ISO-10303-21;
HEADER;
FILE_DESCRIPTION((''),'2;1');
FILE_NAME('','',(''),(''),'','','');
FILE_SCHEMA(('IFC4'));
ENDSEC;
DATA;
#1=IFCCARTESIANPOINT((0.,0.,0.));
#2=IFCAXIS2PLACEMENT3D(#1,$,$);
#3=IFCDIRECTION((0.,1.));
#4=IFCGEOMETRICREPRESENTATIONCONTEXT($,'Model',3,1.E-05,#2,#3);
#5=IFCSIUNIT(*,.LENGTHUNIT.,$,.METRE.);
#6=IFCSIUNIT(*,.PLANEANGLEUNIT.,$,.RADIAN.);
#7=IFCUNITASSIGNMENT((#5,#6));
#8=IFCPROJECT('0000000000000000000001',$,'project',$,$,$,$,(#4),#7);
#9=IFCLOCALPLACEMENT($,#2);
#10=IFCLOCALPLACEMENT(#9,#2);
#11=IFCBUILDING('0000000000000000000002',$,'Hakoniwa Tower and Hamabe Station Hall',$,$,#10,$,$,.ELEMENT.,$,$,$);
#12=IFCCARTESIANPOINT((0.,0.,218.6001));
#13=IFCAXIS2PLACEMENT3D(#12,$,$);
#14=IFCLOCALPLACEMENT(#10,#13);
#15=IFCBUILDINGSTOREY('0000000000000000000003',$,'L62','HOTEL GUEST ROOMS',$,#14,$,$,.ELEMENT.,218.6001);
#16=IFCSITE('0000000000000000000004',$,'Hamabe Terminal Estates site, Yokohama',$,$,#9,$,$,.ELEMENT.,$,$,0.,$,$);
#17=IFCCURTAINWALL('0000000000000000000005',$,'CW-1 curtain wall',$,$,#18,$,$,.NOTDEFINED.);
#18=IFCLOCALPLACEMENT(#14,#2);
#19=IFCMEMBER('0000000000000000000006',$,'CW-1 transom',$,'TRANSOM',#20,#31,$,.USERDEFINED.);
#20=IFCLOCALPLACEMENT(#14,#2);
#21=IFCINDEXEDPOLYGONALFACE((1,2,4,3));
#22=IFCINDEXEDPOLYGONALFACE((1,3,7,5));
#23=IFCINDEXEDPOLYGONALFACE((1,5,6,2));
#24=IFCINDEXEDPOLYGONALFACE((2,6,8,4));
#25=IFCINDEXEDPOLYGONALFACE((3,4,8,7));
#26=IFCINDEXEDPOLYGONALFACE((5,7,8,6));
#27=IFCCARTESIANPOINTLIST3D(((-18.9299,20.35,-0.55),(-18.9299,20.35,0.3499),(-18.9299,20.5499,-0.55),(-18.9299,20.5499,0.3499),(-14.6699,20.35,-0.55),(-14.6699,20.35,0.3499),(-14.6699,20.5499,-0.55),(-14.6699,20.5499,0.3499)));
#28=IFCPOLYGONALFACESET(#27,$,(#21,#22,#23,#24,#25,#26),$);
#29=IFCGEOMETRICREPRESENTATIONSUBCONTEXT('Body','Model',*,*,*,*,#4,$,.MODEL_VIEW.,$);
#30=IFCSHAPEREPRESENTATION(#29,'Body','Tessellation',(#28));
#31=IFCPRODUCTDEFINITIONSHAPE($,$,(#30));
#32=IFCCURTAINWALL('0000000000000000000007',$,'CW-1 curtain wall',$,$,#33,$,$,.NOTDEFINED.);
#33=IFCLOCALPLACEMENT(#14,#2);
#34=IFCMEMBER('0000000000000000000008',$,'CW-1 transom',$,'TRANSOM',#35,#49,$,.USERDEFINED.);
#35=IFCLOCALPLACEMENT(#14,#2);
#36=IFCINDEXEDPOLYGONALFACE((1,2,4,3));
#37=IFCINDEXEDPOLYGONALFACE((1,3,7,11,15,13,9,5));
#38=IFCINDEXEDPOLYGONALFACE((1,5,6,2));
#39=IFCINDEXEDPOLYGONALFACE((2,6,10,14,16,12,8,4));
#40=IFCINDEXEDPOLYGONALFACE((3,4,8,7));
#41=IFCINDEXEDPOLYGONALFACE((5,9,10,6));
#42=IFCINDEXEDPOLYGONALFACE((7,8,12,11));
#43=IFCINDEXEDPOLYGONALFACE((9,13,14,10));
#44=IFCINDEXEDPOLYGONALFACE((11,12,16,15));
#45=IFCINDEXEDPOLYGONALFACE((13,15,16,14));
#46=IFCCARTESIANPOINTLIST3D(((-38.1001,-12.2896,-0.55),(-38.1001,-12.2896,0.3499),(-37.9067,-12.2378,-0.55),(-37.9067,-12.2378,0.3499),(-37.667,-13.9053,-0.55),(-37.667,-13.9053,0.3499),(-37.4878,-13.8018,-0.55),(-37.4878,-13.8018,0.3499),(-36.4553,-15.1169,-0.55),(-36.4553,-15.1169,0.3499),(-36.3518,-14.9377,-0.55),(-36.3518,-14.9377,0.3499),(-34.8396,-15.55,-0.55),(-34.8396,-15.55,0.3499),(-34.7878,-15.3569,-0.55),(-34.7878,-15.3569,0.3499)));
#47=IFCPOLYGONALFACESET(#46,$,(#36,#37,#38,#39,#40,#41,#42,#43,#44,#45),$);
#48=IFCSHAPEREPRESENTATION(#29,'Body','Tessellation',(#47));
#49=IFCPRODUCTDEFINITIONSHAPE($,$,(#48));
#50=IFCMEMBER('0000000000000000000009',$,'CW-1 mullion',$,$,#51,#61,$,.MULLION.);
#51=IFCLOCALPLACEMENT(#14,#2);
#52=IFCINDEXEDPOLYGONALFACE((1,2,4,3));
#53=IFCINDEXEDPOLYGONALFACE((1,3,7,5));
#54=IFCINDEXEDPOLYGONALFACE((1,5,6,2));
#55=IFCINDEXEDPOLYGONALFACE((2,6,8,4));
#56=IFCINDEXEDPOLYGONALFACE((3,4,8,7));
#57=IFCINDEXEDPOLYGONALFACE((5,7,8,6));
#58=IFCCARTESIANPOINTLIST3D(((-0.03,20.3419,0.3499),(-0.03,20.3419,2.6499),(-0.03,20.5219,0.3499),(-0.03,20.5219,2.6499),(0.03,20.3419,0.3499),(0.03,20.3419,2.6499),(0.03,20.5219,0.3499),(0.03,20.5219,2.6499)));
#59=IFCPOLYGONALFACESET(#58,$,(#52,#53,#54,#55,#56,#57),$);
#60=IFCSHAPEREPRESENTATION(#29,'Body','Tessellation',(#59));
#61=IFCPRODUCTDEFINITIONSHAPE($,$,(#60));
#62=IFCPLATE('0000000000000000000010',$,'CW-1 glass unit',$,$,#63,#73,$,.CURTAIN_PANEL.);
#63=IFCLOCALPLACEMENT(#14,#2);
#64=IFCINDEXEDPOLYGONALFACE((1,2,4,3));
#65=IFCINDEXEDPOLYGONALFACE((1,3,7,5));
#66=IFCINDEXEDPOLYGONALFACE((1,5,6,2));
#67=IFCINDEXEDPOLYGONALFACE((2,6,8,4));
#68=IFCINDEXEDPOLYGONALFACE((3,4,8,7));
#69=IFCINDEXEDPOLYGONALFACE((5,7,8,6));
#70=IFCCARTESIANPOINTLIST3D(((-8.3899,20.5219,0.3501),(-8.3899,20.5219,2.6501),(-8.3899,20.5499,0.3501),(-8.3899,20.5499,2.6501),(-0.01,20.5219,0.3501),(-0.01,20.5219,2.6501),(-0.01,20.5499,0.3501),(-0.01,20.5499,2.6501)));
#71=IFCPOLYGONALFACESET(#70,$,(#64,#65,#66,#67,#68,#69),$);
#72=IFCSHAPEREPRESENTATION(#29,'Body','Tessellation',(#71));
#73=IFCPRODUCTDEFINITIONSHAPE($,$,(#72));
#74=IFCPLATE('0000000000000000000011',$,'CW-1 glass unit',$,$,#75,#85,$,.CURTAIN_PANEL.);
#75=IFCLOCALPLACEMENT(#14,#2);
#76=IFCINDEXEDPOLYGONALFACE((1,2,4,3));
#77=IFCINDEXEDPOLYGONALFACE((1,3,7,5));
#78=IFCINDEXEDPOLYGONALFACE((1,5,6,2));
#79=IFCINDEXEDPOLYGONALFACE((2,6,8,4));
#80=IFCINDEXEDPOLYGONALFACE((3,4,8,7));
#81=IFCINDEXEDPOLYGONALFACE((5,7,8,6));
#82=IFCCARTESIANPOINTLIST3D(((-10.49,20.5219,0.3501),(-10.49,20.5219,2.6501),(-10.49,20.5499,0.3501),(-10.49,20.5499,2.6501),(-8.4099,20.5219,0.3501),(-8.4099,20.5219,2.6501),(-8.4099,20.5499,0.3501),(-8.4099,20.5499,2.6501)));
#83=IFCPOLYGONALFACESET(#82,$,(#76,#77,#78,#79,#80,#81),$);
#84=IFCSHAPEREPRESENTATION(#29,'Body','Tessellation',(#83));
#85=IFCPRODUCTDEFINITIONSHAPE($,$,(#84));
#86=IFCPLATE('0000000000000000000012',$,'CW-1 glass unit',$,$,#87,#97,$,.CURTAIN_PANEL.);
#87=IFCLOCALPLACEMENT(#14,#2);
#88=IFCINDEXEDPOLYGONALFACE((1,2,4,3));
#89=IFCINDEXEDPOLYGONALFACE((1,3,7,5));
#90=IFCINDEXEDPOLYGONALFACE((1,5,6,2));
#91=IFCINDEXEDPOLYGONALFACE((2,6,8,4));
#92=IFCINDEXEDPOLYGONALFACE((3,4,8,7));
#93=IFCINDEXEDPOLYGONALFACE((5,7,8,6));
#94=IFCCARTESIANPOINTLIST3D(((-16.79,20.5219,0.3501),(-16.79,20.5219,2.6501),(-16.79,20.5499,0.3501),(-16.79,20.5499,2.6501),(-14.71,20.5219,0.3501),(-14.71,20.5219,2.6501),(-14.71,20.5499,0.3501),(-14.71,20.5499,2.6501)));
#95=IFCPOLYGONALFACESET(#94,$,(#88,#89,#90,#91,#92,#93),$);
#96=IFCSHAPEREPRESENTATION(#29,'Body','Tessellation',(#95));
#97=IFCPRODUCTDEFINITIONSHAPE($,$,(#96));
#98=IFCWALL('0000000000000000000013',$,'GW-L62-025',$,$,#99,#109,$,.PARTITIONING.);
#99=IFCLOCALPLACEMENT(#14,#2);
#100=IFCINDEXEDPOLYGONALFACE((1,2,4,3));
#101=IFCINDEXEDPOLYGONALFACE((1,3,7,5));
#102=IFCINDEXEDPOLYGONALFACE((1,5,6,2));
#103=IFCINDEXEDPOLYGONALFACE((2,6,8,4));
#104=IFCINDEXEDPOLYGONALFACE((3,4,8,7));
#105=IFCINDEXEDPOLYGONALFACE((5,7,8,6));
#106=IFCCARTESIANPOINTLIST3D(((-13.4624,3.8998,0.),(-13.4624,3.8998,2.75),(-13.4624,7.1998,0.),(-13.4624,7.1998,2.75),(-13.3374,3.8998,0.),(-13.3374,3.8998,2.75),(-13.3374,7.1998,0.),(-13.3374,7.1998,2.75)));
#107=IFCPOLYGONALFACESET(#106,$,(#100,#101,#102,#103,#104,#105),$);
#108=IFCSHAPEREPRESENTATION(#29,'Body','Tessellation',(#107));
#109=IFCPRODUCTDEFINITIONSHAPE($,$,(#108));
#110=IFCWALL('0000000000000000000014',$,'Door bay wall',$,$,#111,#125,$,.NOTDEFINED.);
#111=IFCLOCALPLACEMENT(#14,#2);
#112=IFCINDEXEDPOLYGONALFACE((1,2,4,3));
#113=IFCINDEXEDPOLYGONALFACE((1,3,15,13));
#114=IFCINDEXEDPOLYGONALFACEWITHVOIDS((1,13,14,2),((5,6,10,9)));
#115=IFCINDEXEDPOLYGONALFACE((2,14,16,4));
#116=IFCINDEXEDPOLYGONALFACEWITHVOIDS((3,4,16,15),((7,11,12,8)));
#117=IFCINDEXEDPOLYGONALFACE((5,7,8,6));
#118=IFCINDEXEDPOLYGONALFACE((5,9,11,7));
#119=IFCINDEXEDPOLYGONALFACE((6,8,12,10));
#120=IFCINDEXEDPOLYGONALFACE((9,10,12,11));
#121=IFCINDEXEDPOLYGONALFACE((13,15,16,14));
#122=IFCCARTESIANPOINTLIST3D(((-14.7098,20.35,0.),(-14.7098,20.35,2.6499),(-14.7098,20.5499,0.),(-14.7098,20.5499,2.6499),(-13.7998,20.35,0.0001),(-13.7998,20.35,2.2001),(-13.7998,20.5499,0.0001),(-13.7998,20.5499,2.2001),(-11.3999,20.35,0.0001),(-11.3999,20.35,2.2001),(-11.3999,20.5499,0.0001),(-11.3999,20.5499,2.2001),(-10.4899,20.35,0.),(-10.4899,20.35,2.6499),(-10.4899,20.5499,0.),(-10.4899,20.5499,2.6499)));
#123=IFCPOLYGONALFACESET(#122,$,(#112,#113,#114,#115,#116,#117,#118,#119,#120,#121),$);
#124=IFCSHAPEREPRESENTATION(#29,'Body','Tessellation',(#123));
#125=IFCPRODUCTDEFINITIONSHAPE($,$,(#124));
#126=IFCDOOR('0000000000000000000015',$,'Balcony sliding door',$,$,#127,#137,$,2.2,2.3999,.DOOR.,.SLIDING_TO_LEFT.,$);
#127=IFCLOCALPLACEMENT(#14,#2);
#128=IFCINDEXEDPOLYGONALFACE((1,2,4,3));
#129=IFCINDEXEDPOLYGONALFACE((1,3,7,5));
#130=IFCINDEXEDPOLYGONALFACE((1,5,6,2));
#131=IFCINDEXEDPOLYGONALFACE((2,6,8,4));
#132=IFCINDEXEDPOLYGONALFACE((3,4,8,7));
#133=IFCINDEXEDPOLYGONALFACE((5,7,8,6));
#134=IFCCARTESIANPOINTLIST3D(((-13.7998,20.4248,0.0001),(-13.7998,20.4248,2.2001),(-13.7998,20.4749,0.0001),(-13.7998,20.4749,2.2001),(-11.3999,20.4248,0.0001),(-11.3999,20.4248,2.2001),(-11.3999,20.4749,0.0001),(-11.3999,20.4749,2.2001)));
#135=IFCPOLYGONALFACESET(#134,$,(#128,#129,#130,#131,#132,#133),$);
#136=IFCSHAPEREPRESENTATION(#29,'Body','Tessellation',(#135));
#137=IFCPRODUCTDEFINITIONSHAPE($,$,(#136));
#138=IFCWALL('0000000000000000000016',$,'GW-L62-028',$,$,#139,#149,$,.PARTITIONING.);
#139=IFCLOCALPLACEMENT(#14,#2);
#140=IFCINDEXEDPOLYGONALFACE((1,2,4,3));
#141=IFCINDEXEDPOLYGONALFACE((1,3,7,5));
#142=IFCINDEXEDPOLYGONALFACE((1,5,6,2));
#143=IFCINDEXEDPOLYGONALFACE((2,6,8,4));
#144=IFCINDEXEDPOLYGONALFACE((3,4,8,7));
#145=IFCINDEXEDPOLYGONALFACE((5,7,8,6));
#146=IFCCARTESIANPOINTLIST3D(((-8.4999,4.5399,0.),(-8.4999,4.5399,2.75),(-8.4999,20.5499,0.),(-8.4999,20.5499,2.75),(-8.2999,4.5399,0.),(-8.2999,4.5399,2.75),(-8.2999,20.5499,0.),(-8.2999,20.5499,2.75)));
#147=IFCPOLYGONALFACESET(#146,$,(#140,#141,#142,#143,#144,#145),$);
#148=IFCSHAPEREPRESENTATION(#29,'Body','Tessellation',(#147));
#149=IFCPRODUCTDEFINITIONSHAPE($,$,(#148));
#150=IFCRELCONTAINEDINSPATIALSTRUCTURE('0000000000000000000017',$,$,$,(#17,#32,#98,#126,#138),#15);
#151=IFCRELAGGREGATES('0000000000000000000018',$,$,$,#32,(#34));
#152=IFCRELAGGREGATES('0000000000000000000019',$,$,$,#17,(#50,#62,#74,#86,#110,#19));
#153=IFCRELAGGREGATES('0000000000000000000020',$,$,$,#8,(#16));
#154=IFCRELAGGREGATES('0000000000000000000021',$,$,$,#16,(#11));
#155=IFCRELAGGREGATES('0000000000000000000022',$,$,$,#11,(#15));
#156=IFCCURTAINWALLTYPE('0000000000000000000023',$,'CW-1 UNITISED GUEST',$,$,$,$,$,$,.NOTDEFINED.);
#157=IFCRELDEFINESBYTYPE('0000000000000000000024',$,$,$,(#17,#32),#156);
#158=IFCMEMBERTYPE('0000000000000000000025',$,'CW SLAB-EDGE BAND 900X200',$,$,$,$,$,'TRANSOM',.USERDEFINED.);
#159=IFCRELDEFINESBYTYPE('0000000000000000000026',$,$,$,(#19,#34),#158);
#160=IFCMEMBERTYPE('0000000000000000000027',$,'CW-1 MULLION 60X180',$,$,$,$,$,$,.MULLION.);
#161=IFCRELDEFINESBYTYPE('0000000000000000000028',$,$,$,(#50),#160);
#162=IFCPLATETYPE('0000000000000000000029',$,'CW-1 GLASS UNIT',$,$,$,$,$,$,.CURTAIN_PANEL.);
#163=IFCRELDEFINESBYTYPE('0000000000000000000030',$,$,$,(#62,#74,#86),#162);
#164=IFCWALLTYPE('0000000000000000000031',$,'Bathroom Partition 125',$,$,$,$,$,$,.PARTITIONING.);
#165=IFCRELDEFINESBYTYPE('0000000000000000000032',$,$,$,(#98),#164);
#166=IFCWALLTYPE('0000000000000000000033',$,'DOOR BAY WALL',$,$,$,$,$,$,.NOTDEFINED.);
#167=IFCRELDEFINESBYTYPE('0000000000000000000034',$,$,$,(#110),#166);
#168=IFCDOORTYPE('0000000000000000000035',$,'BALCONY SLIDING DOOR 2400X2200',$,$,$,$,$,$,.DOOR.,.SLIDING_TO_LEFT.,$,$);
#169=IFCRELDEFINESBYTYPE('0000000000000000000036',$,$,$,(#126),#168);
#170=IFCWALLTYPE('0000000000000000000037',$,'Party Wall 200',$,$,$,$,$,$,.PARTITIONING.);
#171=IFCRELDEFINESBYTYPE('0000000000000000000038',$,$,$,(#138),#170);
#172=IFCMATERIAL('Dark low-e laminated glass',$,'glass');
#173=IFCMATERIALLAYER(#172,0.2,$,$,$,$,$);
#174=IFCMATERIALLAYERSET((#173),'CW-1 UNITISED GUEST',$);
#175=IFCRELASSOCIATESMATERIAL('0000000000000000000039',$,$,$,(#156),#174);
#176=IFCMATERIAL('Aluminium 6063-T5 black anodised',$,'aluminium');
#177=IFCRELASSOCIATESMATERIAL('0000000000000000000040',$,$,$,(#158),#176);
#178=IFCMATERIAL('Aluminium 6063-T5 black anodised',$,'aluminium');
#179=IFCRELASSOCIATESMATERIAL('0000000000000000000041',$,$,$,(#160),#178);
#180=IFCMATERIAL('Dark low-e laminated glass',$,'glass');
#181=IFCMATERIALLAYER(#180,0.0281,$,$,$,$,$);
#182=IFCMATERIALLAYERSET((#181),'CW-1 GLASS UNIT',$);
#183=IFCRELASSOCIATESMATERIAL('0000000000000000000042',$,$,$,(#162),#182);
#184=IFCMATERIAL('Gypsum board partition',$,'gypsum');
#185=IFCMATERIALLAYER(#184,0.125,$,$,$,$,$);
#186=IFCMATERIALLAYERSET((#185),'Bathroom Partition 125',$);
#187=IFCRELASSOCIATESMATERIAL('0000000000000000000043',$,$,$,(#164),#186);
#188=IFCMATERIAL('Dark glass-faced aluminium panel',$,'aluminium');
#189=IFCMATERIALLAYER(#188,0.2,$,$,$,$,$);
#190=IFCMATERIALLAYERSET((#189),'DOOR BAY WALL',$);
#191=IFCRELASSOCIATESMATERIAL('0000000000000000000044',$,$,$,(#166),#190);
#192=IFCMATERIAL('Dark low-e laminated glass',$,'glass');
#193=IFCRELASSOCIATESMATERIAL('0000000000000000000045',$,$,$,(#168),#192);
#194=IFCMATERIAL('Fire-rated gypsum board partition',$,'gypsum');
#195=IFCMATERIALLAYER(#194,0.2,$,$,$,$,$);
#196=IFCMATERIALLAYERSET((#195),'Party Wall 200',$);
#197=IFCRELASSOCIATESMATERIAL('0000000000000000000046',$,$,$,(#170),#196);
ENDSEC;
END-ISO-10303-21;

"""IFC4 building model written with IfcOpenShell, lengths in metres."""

from ifc_helpers import new_model, si_unit, direction, frame, frame_2d, origin, origin_2d, place, context, subcontext, project, spatial, polyline, rectangle, outline, extrude, material, layer, layer_set, material_profile, profile_set, type_object, element, fill, aggregate, save


model = new_model("IFC4")

# Units and contexts
model_context = context("Model", 3, precision=1e-05, world=origin(), true_north=direction((0.0, 1.0)))
body_context = subcontext(model_context, "Body", "Model", "MODEL_VIEW")
ifc_project = project(units=[si_unit("LENGTHUNIT", "METRE"), si_unit("PLANEANGLEUNIT", "RADIAN")], contexts=[model_context])

# Site, building, storey
site_placement = place(None, origin())
site = spatial("IfcSite", under=ifc_project, at=site_placement, Name="Hamabe Terminal Estates site, Yokohama", CompositionType="ELEMENT", RefElevation=0.0)
building_placement = place(site_placement, origin())
building = spatial("IfcBuilding", under=site, at=building_placement, Name="Hakoniwa Tower and Hamabe Station Hall", CompositionType="ELEMENT")
storey_placement = place(building_placement, frame((0.0, 0.0, 218.6001)))
storey = spatial("IfcBuildingStorey", under=building, at=storey_placement, Name="L62", Description="HOTEL GUEST ROOMS", CompositionType="ELEMENT", Elevation=218.6001)

# Curtain walls, members
ifc_material_1 = material(Name="Dark low-e laminated glass", Category="glass")
ifc_layer_1 = layer(ifc_material_1, 0.2)
ifc_layer_set_1 = layer_set([ifc_layer_1], Name="CW-1 UNITISED GUEST")
curtain_wall_type = type_object("IfcCurtainWallType", Name="CW-1 UNITISED GUEST", PredefinedType="NOTDEFINED", material=ifc_layer_set_1)
curtain_wall_1_placement = place(storey_placement, origin())
curtain_wall_1 = element("IfcCurtainWall", 1, at=curtain_wall_1_placement, inside=storey, type_object=curtain_wall_type, Name="CW-1 curtain wall", PredefinedType="NOTDEFINED")
ifc_material_2 = material(Name="Aluminium 6063-T5 black anodised", Category="aluminium")
ifc_material_profile_1 = material_profile(ifc_material_2, rectangle(XDim=0.2, YDim=0.8999, at=origin_2d()), Name="CW SLAB-EDGE BAND 900X200")
ifc_profile_set_1 = profile_set([ifc_material_profile_1], Name="Aluminium 6063-T5 black anodised")
member_type_1 = type_object("IfcMemberType", Name="CW SLAB-EDGE BAND 900X200", ElementType="TRANSOM", PredefinedType="USERDEFINED", material=ifc_profile_set_1)
member_1_placement = place(storey_placement, frame((-14.6699, 20.45, -0.1001), z_axis=(-1.0, 0.0, 0.0), x_axis=(0.0, -1.0, 0.0)))
member_1 = element("IfcMember", 2, at=member_1_placement, type_object=member_type_1, Name="CW-1 transom", ObjectType="TRANSOM", PredefinedType="USERDEFINED", context=body_context, shape_type="SweptSolid", body=[
    extrude(rectangle(XDim=0.2, YDim=0.8999, at=origin_2d()), origin(), (0.0, 0.0, 1.0), 4.26),
])
curtain_wall_2_placement = place(storey_placement, origin())
curtain_wall_2 = element("IfcCurtainWall", 3, at=curtain_wall_2_placement, inside=storey, type_object=curtain_wall_type, Name="CW-1 curtain wall", PredefinedType="NOTDEFINED")
member_2_placement = place(storey_placement, frame((0.0, 0.0, -0.55)))
member_2 = element("IfcMember", 4, at=member_2_placement, type_object=member_type_1, Name="CW-1 transom", ObjectType="TRANSOM", PredefinedType="USERDEFINED", context=body_context, shape_type="SweptSolid", body=[
    extrude(outline(polyline([(-38.1001, -12.2896), (-37.667, -13.9053), (-36.4553, -15.1169), (-34.8396, -15.55), (-34.7878, -15.3569), (-36.3518, -14.9377), (-37.4878, -13.8018), (-37.9067, -12.2378), (-38.1001, -12.2896)])), origin(), (0.0, 0.0, 1.0), 0.8999),
])
aggregate(curtain_wall_2, [member_2])

# Member
ifc_material_3 = material(Name="Aluminium 6063-T5 black anodised", Category="aluminium")
ifc_material_profile_2 = material_profile(ifc_material_3, rectangle(XDim=0.0601, YDim=0.1799, at=origin_2d()), Name="CW-1 MULLION 60X180")
ifc_profile_set_2 = profile_set([ifc_material_profile_2], Name="Aluminium 6063-T5 black anodised")
member_type_2 = type_object("IfcMemberType", Name="CW-1 MULLION 60X180", PredefinedType="MULLION", material=ifc_profile_set_2)
member_3_placement = place(storey_placement, frame((0.0, 20.4319, 0.3499), z_axis=(0.0, 0.0, 1.0), x_axis=(-1.0, 0.0, 0.0)))
member_3 = element("IfcMember", 5, at=member_3_placement, type_object=member_type_2, Name="CW-1 mullion", PredefinedType="MULLION", context=body_context, shape_type="SweptSolid", body=[
    extrude(rectangle(XDim=0.0601, YDim=0.1799, at=origin_2d()), origin(), (0.0, 0.0, 1.0), 2.3),
])

# Plates
ifc_material_4 = material(Name="Dark low-e laminated glass", Category="glass")
ifc_layer_2 = layer(ifc_material_4, 0.0281)
ifc_layer_set_2 = layer_set([ifc_layer_2], Name="CW-1 GLASS UNIT")
plate_type = type_object("IfcPlateType", Name="CW-1 GLASS UNIT", PredefinedType="CURTAIN_PANEL", material=ifc_layer_set_2)
plate_1_placement = place(storey_placement, frame((-4.2, 20.5359, 0.3501), z_axis=(0.0, 0.0, 1.0), x_axis=(-1.0, 0.0, 0.0)))
plate_1 = element("IfcPlate", 6, at=plate_1_placement, type_object=plate_type, Name="CW-1 glass unit", PredefinedType="CURTAIN_PANEL", context=body_context, shape_type="SweptSolid", body=[
    extrude(rectangle(XDim=8.3799, YDim=0.0281, at=origin_2d()), origin(), (0.0, 0.0, 1.0), 2.3),
])
plate_2_placement = place(storey_placement, frame((-9.45, 20.5359, 0.3501), z_axis=(0.0, 0.0, 1.0), x_axis=(-1.0, 0.0, 0.0)))
plate_2 = element("IfcPlate", 7, at=plate_2_placement, type_object=plate_type, Name="CW-1 glass unit", PredefinedType="CURTAIN_PANEL", context=body_context, shape_type="SweptSolid", body=[
    extrude(rectangle(XDim=2.0801, YDim=0.0281, at=origin_2d()), origin(), (0.0, 0.0, 1.0), 2.3),
])
plate_3_placement = place(storey_placement, frame((-15.75, 20.5359, 0.3501), z_axis=(0.0, 0.0, 1.0), x_axis=(-1.0, 0.0, 0.0)))
plate_3 = element("IfcPlate", 8, at=plate_3_placement, type_object=plate_type, Name="CW-1 glass unit", PredefinedType="CURTAIN_PANEL", context=body_context, shape_type="SweptSolid", body=[
    extrude(rectangle(XDim=2.0801, YDim=0.0281, at=origin_2d()), origin(), (0.0, 0.0, 1.0), 2.3),
])

# Wall
ifc_material_5 = material(Name="Gypsum board partition", Category="gypsum")
ifc_layer_3 = layer(ifc_material_5, 0.125)
ifc_layer_set_3 = layer_set([ifc_layer_3], Name="Bathroom Partition 125")
wall_type_1 = type_object("IfcWallType", Name="Bathroom Partition 125", PredefinedType="PARTITIONING", material=ifc_layer_set_3)
wall_1_placement = place(storey_placement, frame((-13.3999, 3.8999, 0.0), z_axis=(0.0, 0.0, 1.0), x_axis=(0.0, 1.0, 0.0)))
element("IfcWall", 9, at=wall_1_placement, inside=storey, type_object=wall_type_1, Name="GW-L62-025", PredefinedType="PARTITIONING", context=body_context, shape_type="SweptSolid", body=[
    extrude(rectangle(XDim=3.3, YDim=0.125, at=frame_2d((1.6499, 0.0))), origin(), (0.0, 0.0, 1.0), 2.75),
])

# Wall, opening, door
ifc_material_6 = material(Name="Dark glass-faced aluminium panel", Category="aluminium")
ifc_layer_4 = layer(ifc_material_6, 0.2)
ifc_layer_set_4 = layer_set([ifc_layer_4], Name="DOOR BAY WALL")
wall_type_2 = type_object("IfcWallType", Name="DOOR BAY WALL", PredefinedType="NOTDEFINED", material=ifc_layer_set_4)
wall_2_placement = place(storey_placement, frame((-10.49, 20.45, 0.0), z_axis=(0.0, 0.0, 1.0), x_axis=(-1.0, 0.0, 0.0)))
wall_2 = element("IfcWall", 10, at=wall_2_placement, type_object=wall_type_2, Name="Door bay wall", PredefinedType="NOTDEFINED", context=body_context, shape_type="SweptSolid", body=[
    extrude(rectangle(XDim=4.22, YDim=0.2, at=frame_2d((2.1099, 0.0))), origin(), (0.0, 0.0, 1.0), 2.6499),
])
opening_placement = place(wall_2_placement, frame((0.9099, 0.0, 0.0)))
opening = element("IfcOpeningElement", 11, at=opening_placement, cuts=wall_2, PredefinedType="OPENING", context=body_context, shape_type="SweptSolid", body=[
    extrude(rectangle(XDim=2.3999, YDim=2.2, at=frame_2d((1.2, 1.1001))), frame((0.0, 0.1099, 0.0), z_axis=(0.0, -1.0, 0.0), x_axis=(1.0, 0.0, 0.0)), (0.0, 0.0, 1.0), 0.22),
])
ifc_material_7 = material(Name="Dark low-e laminated glass", Category="glass")
door_type = type_object("IfcDoorType", Name="BALCONY SLIDING DOOR 2400X2200", OperationType="SLIDING_TO_LEFT", PredefinedType="DOOR", material=ifc_material_7)
door_placement = place(opening_placement, frame((2.3999, 0.0, 0.0), z_axis=(0.0, 0.0, 1.0), x_axis=(-1.0, 0.0, 0.0)))
door = element("IfcDoor", 12, at=door_placement, inside=storey, type_object=door_type, Name="Balcony sliding door", OperationType="SLIDING_TO_LEFT", OverallHeight=2.2, OverallWidth=2.3999, PredefinedType="DOOR", context=body_context, shape_type="SweptSolid", body=[
    extrude(rectangle(XDim=2.3999, YDim=2.2, at=frame_2d((1.2, 1.1001))), frame((0.0, 0.0249, 0.0), z_axis=(0.0, -1.0, 0.0), x_axis=(1.0, 0.0, 0.0)), (0.0, 0.0, 1.0), 0.05),
])
fill(opening, door)
aggregate(curtain_wall_1, [member_3, plate_1, plate_2, plate_3, wall_2, member_1])

# Wall
ifc_material_8 = material(Name="Fire-rated gypsum board partition", Category="gypsum")
ifc_layer_5 = layer(ifc_material_8, 0.2)
ifc_layer_set_5 = layer_set([ifc_layer_5], Name="Party Wall 200")
wall_type_3 = type_object("IfcWallType", Name="Party Wall 200", PredefinedType="PARTITIONING", material=ifc_layer_set_5)
wall_3_placement = place(storey_placement, frame((-8.3999, 4.54, 0.0), z_axis=(0.0, 0.0, 1.0), x_axis=(0.0, 1.0, 0.0)))
element("IfcWall", 13, at=wall_3_placement, inside=storey, type_object=wall_type_3, Name="GW-L62-028", PredefinedType="PARTITIONING", context=body_context, shape_type="SweptSolid", body=[
    extrude(rectangle(XDim=16.01, YDim=0.2, at=frame_2d((8.0049, 0.0))), origin(), (0.0, 0.0, 1.0), 2.75),
])

save(model, "model.ifc")
